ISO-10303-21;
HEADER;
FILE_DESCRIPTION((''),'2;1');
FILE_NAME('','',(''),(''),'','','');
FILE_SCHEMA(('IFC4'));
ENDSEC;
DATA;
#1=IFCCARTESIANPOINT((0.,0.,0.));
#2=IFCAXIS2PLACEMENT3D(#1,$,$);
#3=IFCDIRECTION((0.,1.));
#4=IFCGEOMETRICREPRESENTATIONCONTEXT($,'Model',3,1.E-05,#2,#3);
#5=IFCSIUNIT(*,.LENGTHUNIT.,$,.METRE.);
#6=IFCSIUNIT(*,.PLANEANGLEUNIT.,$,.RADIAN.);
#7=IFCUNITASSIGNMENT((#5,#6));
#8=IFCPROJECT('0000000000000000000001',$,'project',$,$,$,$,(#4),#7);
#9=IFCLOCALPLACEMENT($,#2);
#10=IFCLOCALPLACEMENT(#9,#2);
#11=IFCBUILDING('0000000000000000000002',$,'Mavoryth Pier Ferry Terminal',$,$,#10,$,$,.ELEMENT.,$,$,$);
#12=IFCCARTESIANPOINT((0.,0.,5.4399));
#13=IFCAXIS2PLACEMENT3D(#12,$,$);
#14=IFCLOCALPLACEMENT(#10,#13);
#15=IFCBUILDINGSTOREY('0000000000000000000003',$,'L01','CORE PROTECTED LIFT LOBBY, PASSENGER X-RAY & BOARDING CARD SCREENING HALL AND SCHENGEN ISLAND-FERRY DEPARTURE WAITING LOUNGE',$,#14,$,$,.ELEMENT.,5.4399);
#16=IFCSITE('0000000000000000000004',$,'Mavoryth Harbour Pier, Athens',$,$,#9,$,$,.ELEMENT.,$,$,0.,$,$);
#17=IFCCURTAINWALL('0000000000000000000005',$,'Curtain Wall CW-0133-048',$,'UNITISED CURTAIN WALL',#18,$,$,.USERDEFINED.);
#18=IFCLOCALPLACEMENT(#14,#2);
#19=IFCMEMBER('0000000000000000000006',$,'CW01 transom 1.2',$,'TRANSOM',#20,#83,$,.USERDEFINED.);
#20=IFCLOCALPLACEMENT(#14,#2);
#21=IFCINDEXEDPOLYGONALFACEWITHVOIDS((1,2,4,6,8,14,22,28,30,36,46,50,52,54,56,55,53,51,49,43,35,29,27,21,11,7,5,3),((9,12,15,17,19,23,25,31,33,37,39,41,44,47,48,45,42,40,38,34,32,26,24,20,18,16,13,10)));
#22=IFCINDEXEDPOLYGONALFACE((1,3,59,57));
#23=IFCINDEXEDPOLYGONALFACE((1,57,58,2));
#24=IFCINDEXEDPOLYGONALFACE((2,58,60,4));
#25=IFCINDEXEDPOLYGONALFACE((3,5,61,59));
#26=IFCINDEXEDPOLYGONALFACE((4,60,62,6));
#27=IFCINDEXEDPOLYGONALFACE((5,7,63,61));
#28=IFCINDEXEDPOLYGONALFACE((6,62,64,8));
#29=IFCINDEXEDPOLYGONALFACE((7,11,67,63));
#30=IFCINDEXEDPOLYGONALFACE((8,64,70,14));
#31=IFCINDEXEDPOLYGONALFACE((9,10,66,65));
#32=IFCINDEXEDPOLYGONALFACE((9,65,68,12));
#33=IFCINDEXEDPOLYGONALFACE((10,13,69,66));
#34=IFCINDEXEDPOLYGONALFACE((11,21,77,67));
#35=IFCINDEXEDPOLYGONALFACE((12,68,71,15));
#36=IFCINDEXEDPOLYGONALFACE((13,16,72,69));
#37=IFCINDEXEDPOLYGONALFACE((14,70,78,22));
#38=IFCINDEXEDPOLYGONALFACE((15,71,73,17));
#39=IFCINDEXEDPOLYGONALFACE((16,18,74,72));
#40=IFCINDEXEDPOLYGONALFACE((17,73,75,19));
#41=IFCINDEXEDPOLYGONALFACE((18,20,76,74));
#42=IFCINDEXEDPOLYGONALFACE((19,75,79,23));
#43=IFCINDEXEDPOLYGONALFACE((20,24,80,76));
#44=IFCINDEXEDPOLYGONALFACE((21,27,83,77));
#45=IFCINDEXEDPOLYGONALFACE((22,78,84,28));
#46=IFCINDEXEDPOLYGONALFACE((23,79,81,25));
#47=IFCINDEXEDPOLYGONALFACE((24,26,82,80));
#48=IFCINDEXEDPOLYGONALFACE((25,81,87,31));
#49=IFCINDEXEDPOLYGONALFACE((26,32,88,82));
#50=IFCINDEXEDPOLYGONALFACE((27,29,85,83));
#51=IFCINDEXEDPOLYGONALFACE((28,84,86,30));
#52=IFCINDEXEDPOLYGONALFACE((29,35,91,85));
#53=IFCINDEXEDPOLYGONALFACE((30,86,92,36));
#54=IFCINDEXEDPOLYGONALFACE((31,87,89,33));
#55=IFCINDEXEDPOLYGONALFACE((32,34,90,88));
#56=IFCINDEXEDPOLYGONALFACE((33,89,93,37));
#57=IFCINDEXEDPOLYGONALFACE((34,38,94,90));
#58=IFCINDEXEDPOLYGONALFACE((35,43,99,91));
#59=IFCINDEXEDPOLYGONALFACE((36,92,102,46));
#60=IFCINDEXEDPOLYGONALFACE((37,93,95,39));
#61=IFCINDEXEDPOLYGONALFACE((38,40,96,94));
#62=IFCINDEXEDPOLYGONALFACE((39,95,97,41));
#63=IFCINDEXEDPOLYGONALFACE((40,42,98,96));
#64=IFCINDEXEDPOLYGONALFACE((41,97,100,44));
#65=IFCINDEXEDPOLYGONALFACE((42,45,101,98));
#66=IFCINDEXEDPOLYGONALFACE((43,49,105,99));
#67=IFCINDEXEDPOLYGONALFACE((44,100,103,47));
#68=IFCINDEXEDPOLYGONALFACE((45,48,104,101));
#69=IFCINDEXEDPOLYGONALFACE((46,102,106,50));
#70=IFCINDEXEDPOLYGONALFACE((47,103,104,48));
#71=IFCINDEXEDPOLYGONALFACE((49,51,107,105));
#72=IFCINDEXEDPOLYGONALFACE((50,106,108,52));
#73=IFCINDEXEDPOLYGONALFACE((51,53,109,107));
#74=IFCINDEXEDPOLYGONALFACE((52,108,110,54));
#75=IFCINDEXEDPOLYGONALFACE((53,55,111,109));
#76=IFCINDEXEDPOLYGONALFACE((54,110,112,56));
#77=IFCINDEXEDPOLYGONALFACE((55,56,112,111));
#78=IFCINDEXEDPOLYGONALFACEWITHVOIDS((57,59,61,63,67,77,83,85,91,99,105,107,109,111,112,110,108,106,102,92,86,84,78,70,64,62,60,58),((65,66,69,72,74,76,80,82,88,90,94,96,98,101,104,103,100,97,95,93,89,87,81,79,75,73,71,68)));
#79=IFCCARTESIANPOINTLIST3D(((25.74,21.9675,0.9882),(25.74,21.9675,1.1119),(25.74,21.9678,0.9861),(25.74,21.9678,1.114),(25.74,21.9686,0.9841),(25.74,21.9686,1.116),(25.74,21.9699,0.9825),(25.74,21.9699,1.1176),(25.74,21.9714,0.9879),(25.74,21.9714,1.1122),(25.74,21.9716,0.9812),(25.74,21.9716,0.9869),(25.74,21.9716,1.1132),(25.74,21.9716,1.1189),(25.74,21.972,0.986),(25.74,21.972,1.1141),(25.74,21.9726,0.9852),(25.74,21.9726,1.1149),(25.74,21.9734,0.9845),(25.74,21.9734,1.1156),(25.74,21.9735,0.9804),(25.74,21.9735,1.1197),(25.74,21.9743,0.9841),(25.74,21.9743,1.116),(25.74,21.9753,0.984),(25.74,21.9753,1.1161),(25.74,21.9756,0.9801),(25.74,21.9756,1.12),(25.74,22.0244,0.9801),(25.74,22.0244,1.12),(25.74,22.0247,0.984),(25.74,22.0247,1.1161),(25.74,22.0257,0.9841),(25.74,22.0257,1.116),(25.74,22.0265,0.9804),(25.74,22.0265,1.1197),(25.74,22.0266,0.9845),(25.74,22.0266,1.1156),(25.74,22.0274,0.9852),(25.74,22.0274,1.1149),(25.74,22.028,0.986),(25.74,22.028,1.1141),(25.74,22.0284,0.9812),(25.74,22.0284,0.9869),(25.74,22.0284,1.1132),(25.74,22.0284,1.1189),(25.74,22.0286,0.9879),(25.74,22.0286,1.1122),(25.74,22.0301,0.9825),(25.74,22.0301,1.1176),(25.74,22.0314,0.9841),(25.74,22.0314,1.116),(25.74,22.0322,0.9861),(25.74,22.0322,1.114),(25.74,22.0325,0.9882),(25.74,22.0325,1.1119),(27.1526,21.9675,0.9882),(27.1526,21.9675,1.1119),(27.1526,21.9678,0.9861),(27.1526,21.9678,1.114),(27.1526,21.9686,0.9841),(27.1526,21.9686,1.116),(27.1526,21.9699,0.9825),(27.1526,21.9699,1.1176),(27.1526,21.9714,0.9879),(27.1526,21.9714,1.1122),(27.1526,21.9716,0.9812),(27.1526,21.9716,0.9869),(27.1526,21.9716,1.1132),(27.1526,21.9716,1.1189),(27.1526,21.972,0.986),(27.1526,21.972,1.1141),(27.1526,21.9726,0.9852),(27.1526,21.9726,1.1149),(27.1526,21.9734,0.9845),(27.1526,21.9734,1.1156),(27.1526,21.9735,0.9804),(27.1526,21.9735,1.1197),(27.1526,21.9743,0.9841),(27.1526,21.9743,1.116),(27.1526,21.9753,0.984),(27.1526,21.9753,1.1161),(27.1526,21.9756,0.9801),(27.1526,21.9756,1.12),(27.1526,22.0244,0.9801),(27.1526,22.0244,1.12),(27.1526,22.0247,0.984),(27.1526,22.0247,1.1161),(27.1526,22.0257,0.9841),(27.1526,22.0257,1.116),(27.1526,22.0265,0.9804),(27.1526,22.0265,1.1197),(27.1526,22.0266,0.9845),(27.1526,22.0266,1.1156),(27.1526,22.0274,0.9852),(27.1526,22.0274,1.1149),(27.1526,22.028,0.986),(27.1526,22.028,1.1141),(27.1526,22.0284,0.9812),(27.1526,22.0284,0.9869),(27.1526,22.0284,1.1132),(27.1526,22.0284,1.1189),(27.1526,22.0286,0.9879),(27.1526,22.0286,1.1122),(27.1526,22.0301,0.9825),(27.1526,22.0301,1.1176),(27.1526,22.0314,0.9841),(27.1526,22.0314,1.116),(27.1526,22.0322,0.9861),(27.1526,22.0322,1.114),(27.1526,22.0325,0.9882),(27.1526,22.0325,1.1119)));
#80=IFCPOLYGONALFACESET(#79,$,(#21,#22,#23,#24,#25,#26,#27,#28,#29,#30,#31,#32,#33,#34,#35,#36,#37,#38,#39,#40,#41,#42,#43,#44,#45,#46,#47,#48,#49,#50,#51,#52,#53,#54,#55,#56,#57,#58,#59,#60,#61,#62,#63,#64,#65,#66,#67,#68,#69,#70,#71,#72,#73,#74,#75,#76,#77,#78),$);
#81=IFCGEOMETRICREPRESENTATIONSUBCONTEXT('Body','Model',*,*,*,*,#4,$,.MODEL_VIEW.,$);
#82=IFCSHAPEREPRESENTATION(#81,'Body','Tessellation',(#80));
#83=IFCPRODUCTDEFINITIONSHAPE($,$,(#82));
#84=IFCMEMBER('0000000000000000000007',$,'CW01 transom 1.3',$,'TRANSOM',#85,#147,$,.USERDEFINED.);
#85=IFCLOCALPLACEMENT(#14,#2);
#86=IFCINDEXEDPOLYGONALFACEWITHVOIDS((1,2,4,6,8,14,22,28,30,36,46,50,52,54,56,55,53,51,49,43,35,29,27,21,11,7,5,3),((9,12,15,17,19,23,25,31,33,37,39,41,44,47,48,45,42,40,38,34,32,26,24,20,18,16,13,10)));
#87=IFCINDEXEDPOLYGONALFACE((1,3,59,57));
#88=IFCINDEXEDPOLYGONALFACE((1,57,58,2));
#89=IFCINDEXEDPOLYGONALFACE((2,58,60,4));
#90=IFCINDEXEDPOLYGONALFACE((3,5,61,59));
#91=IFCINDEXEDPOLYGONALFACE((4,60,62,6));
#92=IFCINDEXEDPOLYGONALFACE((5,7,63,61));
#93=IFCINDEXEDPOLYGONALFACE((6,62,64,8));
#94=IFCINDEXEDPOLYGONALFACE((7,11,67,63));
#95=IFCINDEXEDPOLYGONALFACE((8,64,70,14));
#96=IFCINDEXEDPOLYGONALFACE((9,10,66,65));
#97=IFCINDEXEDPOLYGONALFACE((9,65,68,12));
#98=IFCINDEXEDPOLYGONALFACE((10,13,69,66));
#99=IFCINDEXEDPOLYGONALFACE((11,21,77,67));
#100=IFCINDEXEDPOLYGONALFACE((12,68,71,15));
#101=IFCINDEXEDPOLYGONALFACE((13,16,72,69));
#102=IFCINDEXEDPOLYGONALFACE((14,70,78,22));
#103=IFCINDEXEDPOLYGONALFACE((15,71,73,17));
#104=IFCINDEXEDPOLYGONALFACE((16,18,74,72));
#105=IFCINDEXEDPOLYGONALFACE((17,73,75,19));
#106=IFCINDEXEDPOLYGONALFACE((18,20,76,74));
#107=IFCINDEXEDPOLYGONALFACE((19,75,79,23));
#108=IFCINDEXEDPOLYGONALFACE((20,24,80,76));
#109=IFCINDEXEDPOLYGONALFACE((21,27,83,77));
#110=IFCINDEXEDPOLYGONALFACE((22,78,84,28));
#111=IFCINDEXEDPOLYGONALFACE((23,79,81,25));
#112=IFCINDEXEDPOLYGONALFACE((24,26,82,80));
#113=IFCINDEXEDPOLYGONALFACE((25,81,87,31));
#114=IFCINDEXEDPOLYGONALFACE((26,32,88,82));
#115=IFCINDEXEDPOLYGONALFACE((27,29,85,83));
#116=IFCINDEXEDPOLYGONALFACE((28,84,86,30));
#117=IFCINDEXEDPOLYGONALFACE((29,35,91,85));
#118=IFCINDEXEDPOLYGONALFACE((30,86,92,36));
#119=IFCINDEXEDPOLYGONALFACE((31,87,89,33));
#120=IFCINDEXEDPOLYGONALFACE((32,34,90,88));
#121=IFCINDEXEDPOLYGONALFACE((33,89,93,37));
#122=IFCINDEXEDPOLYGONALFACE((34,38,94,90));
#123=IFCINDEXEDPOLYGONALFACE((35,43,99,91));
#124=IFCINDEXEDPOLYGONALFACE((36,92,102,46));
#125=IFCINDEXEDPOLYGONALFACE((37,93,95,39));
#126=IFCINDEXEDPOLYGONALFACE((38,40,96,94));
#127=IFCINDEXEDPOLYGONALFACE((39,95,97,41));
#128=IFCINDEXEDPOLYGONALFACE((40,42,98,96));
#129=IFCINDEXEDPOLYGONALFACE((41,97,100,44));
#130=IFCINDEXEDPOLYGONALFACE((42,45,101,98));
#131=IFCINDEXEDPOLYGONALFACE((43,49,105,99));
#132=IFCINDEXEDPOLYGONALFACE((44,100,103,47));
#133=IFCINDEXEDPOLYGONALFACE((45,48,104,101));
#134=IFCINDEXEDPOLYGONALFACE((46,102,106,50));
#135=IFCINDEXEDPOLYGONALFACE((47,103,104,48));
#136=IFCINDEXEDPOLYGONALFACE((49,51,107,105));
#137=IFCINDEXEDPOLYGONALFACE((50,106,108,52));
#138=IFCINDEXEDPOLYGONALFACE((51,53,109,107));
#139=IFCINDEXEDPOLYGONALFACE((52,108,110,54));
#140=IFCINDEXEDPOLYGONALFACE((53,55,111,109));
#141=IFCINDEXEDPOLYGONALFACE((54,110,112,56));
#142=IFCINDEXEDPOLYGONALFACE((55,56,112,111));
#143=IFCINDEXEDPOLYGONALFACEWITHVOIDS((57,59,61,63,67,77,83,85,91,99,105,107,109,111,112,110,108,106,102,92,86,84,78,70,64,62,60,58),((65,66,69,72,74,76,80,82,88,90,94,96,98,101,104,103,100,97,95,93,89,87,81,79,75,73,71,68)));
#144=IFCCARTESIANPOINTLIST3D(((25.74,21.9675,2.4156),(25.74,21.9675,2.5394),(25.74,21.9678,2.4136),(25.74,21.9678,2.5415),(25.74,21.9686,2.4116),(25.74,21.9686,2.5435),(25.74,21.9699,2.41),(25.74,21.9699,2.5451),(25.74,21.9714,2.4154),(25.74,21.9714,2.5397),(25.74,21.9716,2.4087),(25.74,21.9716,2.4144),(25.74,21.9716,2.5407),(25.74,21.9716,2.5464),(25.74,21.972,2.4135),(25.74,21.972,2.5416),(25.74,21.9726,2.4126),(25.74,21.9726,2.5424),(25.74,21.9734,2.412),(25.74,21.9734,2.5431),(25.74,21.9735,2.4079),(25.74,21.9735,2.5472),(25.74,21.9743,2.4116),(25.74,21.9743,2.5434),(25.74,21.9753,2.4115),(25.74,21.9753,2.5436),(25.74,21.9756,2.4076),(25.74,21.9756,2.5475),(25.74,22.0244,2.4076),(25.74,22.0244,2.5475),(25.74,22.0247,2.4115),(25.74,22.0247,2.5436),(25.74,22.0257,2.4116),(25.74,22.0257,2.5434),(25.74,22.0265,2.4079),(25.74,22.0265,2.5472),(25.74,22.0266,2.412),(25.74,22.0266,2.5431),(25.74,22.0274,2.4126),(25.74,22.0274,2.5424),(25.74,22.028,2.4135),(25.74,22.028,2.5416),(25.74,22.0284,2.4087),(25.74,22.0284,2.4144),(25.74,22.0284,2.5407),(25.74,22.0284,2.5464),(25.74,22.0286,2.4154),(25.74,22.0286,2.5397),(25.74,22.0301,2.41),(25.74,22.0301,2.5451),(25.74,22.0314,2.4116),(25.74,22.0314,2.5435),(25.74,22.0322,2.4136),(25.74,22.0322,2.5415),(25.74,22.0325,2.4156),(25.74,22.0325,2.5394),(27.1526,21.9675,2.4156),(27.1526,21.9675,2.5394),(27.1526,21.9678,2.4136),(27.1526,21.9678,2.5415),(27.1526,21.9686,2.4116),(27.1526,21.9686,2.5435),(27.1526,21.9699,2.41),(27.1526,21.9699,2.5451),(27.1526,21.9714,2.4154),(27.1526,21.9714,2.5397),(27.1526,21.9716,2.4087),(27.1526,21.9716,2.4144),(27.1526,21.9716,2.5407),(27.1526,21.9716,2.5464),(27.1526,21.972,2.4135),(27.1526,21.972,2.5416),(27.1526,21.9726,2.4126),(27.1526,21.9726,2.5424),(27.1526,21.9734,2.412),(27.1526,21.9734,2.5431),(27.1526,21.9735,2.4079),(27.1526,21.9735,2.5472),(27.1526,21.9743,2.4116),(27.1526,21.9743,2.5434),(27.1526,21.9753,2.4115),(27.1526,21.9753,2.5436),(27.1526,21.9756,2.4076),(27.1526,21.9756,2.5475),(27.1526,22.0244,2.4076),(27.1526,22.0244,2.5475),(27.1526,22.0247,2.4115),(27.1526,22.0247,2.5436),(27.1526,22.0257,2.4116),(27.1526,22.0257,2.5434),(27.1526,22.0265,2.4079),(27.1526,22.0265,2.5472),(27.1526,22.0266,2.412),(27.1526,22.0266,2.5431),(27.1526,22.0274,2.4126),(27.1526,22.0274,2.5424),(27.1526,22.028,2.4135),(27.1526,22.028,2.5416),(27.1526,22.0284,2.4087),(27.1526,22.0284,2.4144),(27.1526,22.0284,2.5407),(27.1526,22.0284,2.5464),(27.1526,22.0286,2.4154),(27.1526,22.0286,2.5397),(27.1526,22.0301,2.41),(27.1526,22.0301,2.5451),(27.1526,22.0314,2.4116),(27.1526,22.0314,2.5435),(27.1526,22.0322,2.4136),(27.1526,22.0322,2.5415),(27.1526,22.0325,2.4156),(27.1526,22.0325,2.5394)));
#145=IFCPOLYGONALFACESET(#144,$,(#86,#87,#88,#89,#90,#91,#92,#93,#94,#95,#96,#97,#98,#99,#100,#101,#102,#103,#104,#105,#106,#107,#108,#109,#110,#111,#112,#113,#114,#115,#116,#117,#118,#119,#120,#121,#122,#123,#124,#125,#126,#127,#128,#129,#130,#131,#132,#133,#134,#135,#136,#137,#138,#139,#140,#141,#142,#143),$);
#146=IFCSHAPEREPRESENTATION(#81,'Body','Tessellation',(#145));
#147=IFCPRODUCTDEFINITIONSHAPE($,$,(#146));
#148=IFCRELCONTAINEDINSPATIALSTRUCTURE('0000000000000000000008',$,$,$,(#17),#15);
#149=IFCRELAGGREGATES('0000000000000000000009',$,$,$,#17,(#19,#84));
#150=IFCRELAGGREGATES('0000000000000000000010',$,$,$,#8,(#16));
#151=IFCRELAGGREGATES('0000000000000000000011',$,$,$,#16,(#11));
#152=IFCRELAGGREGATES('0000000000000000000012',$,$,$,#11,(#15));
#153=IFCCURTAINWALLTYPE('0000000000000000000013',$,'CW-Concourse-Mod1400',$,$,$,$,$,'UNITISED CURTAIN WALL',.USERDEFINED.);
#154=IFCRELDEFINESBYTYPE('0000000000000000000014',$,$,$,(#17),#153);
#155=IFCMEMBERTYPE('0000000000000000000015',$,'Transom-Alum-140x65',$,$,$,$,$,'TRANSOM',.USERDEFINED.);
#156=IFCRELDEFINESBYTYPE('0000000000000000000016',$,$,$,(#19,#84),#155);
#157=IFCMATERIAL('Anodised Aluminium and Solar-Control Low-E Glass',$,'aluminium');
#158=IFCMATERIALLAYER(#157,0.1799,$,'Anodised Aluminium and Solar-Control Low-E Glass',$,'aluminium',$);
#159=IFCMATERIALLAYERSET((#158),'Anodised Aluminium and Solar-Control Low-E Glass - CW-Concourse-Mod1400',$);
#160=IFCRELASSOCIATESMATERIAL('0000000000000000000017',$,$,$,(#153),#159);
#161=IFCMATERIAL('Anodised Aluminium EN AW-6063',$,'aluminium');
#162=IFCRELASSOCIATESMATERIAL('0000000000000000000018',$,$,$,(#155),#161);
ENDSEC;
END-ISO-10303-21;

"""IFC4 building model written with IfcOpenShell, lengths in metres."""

from ifc_helpers import new_model, si_unit, direction, frame, origin, origin_2d, place, context, subcontext, project, spatial, hollow_rectangle, extrude, material, layer, layer_set, material_profile, profile_set, type_object, element, aggregate, save


model = new_model("IFC4")

# Units and contexts
model_context = context("Model", 3, precision=1e-05, world=origin(), true_north=direction((0.0, 1.0)))
body_context = subcontext(model_context, "Body", "Model", "MODEL_VIEW")
ifc_project = project(units=[si_unit("LENGTHUNIT", "METRE"), si_unit("PLANEANGLEUNIT", "RADIAN")], contexts=[model_context])

# Site, building, storey
site_placement = place(None, origin())
site = spatial("IfcSite", under=ifc_project, at=site_placement, Name="Mavoryth Harbour Pier, Athens", CompositionType="ELEMENT", RefElevation=0.0)
building_placement = place(site_placement, origin())
building = spatial("IfcBuilding", under=site, at=building_placement, Name="Mavoryth Pier Ferry Terminal", CompositionType="ELEMENT")
storey_placement = place(building_placement, frame((0.0, 0.0, 5.4399)))
storey = spatial("IfcBuildingStorey", under=building, at=storey_placement, Name="L01", Description="CORE PROTECTED LIFT LOBBY, PASSENGER X-RAY & BOARDING CARD SCREENING HALL AND SCHENGEN ISLAND-FERRY DEPARTURE WAITING LOUNGE", CompositionType="ELEMENT", Elevation=5.4399)

# Shared definitions
ifc_material_1 = material(Name="Anodised Aluminium and Solar-Control Low-E Glass", Category="aluminium")
ifc_layer_1 = layer(ifc_material_1, 0.1799, Name="Anodised Aluminium and Solar-Control Low-E Glass", Category="aluminium")
ifc_layer_set_1 = layer_set([ifc_layer_1], Name="Anodised Aluminium and Solar-Control Low-E Glass - CW-Concourse-Mod1400")
curtain_wall_type = type_object("IfcCurtainWallType", Name="CW-Concourse-Mod1400", ElementType="UNITISED CURTAIN WALL", PredefinedType="USERDEFINED", material=ifc_layer_set_1)
ifc_material_2 = material(Name="Anodised Aluminium EN AW-6063", Category="aluminium")

# Curtain wall, members
curtain_wall_1_placement = place(storey_placement, origin())
curtain_wall_1 = element("IfcCurtainWall", 1, at=curtain_wall_1_placement, inside=storey, type_object=curtain_wall_type, Name="Curtain Wall CW-0133-048", ObjectType="UNITISED CURTAIN WALL", PredefinedType="USERDEFINED")
ifc_material_profile_1 = material_profile(ifc_material_2, hollow_rectangle(XDim=0.0649, YDim=0.1399, WallThickness=0.0039, InnerFilletRadius=0.0039, OuterFilletRadius=0.0081, at=origin_2d()), Name="AL-TRAN 140x65x4", Category="aluminium")
ifc_profile_set_1 = profile_set([ifc_material_profile_1], Name="Anodised Aluminium EN AW-6063 - AL-TRAN 140x65x4")
member_type_1 = type_object("IfcMemberType", Name="Transom-Alum-140x65", ElementType="TRANSOM", PredefinedType="USERDEFINED", material=ifc_profile_set_1)
member_1_placement = place(storey_placement, frame((25.74, 22.0, 1.05), z_axis=(1.0, 0.0, 0.0), x_axis=(0.0, 1.0, 0.0)))
member_1 = element("IfcMember", 2, at=member_1_placement, type_object=member_type_1, Name="CW01 transom 1.2", ObjectType="TRANSOM", PredefinedType="USERDEFINED", context=body_context, shape_type="SweptSolid", body=[
    extrude(hollow_rectangle(XDim=0.0649, YDim=0.1399, WallThickness=0.0039, InnerFilletRadius=0.0039, OuterFilletRadius=0.0081, at=origin_2d()), origin(), (0.0, 0.0, 1.0), 1.4126),
])
member_2_placement = place(storey_placement, frame((25.74, 22.0, 2.4775), z_axis=(1.0, 0.0, 0.0), x_axis=(0.0, 1.0, 0.0)))
member_2 = element("IfcMember", 3, at=member_2_placement, type_object=member_type_1, Name="CW01 transom 1.3", ObjectType="TRANSOM", PredefinedType="USERDEFINED", context=body_context, shape_type="SweptSolid", body=[
    extrude(hollow_rectangle(XDim=0.0649, YDim=0.1399, WallThickness=0.0039, InnerFilletRadius=0.0039, OuterFilletRadius=0.0081, at=origin_2d()), origin(), (0.0, 0.0, 1.0), 1.4126),
])

aggregate(curtain_wall_1, [member_1, member_2])

save(model, "model.ifc")
